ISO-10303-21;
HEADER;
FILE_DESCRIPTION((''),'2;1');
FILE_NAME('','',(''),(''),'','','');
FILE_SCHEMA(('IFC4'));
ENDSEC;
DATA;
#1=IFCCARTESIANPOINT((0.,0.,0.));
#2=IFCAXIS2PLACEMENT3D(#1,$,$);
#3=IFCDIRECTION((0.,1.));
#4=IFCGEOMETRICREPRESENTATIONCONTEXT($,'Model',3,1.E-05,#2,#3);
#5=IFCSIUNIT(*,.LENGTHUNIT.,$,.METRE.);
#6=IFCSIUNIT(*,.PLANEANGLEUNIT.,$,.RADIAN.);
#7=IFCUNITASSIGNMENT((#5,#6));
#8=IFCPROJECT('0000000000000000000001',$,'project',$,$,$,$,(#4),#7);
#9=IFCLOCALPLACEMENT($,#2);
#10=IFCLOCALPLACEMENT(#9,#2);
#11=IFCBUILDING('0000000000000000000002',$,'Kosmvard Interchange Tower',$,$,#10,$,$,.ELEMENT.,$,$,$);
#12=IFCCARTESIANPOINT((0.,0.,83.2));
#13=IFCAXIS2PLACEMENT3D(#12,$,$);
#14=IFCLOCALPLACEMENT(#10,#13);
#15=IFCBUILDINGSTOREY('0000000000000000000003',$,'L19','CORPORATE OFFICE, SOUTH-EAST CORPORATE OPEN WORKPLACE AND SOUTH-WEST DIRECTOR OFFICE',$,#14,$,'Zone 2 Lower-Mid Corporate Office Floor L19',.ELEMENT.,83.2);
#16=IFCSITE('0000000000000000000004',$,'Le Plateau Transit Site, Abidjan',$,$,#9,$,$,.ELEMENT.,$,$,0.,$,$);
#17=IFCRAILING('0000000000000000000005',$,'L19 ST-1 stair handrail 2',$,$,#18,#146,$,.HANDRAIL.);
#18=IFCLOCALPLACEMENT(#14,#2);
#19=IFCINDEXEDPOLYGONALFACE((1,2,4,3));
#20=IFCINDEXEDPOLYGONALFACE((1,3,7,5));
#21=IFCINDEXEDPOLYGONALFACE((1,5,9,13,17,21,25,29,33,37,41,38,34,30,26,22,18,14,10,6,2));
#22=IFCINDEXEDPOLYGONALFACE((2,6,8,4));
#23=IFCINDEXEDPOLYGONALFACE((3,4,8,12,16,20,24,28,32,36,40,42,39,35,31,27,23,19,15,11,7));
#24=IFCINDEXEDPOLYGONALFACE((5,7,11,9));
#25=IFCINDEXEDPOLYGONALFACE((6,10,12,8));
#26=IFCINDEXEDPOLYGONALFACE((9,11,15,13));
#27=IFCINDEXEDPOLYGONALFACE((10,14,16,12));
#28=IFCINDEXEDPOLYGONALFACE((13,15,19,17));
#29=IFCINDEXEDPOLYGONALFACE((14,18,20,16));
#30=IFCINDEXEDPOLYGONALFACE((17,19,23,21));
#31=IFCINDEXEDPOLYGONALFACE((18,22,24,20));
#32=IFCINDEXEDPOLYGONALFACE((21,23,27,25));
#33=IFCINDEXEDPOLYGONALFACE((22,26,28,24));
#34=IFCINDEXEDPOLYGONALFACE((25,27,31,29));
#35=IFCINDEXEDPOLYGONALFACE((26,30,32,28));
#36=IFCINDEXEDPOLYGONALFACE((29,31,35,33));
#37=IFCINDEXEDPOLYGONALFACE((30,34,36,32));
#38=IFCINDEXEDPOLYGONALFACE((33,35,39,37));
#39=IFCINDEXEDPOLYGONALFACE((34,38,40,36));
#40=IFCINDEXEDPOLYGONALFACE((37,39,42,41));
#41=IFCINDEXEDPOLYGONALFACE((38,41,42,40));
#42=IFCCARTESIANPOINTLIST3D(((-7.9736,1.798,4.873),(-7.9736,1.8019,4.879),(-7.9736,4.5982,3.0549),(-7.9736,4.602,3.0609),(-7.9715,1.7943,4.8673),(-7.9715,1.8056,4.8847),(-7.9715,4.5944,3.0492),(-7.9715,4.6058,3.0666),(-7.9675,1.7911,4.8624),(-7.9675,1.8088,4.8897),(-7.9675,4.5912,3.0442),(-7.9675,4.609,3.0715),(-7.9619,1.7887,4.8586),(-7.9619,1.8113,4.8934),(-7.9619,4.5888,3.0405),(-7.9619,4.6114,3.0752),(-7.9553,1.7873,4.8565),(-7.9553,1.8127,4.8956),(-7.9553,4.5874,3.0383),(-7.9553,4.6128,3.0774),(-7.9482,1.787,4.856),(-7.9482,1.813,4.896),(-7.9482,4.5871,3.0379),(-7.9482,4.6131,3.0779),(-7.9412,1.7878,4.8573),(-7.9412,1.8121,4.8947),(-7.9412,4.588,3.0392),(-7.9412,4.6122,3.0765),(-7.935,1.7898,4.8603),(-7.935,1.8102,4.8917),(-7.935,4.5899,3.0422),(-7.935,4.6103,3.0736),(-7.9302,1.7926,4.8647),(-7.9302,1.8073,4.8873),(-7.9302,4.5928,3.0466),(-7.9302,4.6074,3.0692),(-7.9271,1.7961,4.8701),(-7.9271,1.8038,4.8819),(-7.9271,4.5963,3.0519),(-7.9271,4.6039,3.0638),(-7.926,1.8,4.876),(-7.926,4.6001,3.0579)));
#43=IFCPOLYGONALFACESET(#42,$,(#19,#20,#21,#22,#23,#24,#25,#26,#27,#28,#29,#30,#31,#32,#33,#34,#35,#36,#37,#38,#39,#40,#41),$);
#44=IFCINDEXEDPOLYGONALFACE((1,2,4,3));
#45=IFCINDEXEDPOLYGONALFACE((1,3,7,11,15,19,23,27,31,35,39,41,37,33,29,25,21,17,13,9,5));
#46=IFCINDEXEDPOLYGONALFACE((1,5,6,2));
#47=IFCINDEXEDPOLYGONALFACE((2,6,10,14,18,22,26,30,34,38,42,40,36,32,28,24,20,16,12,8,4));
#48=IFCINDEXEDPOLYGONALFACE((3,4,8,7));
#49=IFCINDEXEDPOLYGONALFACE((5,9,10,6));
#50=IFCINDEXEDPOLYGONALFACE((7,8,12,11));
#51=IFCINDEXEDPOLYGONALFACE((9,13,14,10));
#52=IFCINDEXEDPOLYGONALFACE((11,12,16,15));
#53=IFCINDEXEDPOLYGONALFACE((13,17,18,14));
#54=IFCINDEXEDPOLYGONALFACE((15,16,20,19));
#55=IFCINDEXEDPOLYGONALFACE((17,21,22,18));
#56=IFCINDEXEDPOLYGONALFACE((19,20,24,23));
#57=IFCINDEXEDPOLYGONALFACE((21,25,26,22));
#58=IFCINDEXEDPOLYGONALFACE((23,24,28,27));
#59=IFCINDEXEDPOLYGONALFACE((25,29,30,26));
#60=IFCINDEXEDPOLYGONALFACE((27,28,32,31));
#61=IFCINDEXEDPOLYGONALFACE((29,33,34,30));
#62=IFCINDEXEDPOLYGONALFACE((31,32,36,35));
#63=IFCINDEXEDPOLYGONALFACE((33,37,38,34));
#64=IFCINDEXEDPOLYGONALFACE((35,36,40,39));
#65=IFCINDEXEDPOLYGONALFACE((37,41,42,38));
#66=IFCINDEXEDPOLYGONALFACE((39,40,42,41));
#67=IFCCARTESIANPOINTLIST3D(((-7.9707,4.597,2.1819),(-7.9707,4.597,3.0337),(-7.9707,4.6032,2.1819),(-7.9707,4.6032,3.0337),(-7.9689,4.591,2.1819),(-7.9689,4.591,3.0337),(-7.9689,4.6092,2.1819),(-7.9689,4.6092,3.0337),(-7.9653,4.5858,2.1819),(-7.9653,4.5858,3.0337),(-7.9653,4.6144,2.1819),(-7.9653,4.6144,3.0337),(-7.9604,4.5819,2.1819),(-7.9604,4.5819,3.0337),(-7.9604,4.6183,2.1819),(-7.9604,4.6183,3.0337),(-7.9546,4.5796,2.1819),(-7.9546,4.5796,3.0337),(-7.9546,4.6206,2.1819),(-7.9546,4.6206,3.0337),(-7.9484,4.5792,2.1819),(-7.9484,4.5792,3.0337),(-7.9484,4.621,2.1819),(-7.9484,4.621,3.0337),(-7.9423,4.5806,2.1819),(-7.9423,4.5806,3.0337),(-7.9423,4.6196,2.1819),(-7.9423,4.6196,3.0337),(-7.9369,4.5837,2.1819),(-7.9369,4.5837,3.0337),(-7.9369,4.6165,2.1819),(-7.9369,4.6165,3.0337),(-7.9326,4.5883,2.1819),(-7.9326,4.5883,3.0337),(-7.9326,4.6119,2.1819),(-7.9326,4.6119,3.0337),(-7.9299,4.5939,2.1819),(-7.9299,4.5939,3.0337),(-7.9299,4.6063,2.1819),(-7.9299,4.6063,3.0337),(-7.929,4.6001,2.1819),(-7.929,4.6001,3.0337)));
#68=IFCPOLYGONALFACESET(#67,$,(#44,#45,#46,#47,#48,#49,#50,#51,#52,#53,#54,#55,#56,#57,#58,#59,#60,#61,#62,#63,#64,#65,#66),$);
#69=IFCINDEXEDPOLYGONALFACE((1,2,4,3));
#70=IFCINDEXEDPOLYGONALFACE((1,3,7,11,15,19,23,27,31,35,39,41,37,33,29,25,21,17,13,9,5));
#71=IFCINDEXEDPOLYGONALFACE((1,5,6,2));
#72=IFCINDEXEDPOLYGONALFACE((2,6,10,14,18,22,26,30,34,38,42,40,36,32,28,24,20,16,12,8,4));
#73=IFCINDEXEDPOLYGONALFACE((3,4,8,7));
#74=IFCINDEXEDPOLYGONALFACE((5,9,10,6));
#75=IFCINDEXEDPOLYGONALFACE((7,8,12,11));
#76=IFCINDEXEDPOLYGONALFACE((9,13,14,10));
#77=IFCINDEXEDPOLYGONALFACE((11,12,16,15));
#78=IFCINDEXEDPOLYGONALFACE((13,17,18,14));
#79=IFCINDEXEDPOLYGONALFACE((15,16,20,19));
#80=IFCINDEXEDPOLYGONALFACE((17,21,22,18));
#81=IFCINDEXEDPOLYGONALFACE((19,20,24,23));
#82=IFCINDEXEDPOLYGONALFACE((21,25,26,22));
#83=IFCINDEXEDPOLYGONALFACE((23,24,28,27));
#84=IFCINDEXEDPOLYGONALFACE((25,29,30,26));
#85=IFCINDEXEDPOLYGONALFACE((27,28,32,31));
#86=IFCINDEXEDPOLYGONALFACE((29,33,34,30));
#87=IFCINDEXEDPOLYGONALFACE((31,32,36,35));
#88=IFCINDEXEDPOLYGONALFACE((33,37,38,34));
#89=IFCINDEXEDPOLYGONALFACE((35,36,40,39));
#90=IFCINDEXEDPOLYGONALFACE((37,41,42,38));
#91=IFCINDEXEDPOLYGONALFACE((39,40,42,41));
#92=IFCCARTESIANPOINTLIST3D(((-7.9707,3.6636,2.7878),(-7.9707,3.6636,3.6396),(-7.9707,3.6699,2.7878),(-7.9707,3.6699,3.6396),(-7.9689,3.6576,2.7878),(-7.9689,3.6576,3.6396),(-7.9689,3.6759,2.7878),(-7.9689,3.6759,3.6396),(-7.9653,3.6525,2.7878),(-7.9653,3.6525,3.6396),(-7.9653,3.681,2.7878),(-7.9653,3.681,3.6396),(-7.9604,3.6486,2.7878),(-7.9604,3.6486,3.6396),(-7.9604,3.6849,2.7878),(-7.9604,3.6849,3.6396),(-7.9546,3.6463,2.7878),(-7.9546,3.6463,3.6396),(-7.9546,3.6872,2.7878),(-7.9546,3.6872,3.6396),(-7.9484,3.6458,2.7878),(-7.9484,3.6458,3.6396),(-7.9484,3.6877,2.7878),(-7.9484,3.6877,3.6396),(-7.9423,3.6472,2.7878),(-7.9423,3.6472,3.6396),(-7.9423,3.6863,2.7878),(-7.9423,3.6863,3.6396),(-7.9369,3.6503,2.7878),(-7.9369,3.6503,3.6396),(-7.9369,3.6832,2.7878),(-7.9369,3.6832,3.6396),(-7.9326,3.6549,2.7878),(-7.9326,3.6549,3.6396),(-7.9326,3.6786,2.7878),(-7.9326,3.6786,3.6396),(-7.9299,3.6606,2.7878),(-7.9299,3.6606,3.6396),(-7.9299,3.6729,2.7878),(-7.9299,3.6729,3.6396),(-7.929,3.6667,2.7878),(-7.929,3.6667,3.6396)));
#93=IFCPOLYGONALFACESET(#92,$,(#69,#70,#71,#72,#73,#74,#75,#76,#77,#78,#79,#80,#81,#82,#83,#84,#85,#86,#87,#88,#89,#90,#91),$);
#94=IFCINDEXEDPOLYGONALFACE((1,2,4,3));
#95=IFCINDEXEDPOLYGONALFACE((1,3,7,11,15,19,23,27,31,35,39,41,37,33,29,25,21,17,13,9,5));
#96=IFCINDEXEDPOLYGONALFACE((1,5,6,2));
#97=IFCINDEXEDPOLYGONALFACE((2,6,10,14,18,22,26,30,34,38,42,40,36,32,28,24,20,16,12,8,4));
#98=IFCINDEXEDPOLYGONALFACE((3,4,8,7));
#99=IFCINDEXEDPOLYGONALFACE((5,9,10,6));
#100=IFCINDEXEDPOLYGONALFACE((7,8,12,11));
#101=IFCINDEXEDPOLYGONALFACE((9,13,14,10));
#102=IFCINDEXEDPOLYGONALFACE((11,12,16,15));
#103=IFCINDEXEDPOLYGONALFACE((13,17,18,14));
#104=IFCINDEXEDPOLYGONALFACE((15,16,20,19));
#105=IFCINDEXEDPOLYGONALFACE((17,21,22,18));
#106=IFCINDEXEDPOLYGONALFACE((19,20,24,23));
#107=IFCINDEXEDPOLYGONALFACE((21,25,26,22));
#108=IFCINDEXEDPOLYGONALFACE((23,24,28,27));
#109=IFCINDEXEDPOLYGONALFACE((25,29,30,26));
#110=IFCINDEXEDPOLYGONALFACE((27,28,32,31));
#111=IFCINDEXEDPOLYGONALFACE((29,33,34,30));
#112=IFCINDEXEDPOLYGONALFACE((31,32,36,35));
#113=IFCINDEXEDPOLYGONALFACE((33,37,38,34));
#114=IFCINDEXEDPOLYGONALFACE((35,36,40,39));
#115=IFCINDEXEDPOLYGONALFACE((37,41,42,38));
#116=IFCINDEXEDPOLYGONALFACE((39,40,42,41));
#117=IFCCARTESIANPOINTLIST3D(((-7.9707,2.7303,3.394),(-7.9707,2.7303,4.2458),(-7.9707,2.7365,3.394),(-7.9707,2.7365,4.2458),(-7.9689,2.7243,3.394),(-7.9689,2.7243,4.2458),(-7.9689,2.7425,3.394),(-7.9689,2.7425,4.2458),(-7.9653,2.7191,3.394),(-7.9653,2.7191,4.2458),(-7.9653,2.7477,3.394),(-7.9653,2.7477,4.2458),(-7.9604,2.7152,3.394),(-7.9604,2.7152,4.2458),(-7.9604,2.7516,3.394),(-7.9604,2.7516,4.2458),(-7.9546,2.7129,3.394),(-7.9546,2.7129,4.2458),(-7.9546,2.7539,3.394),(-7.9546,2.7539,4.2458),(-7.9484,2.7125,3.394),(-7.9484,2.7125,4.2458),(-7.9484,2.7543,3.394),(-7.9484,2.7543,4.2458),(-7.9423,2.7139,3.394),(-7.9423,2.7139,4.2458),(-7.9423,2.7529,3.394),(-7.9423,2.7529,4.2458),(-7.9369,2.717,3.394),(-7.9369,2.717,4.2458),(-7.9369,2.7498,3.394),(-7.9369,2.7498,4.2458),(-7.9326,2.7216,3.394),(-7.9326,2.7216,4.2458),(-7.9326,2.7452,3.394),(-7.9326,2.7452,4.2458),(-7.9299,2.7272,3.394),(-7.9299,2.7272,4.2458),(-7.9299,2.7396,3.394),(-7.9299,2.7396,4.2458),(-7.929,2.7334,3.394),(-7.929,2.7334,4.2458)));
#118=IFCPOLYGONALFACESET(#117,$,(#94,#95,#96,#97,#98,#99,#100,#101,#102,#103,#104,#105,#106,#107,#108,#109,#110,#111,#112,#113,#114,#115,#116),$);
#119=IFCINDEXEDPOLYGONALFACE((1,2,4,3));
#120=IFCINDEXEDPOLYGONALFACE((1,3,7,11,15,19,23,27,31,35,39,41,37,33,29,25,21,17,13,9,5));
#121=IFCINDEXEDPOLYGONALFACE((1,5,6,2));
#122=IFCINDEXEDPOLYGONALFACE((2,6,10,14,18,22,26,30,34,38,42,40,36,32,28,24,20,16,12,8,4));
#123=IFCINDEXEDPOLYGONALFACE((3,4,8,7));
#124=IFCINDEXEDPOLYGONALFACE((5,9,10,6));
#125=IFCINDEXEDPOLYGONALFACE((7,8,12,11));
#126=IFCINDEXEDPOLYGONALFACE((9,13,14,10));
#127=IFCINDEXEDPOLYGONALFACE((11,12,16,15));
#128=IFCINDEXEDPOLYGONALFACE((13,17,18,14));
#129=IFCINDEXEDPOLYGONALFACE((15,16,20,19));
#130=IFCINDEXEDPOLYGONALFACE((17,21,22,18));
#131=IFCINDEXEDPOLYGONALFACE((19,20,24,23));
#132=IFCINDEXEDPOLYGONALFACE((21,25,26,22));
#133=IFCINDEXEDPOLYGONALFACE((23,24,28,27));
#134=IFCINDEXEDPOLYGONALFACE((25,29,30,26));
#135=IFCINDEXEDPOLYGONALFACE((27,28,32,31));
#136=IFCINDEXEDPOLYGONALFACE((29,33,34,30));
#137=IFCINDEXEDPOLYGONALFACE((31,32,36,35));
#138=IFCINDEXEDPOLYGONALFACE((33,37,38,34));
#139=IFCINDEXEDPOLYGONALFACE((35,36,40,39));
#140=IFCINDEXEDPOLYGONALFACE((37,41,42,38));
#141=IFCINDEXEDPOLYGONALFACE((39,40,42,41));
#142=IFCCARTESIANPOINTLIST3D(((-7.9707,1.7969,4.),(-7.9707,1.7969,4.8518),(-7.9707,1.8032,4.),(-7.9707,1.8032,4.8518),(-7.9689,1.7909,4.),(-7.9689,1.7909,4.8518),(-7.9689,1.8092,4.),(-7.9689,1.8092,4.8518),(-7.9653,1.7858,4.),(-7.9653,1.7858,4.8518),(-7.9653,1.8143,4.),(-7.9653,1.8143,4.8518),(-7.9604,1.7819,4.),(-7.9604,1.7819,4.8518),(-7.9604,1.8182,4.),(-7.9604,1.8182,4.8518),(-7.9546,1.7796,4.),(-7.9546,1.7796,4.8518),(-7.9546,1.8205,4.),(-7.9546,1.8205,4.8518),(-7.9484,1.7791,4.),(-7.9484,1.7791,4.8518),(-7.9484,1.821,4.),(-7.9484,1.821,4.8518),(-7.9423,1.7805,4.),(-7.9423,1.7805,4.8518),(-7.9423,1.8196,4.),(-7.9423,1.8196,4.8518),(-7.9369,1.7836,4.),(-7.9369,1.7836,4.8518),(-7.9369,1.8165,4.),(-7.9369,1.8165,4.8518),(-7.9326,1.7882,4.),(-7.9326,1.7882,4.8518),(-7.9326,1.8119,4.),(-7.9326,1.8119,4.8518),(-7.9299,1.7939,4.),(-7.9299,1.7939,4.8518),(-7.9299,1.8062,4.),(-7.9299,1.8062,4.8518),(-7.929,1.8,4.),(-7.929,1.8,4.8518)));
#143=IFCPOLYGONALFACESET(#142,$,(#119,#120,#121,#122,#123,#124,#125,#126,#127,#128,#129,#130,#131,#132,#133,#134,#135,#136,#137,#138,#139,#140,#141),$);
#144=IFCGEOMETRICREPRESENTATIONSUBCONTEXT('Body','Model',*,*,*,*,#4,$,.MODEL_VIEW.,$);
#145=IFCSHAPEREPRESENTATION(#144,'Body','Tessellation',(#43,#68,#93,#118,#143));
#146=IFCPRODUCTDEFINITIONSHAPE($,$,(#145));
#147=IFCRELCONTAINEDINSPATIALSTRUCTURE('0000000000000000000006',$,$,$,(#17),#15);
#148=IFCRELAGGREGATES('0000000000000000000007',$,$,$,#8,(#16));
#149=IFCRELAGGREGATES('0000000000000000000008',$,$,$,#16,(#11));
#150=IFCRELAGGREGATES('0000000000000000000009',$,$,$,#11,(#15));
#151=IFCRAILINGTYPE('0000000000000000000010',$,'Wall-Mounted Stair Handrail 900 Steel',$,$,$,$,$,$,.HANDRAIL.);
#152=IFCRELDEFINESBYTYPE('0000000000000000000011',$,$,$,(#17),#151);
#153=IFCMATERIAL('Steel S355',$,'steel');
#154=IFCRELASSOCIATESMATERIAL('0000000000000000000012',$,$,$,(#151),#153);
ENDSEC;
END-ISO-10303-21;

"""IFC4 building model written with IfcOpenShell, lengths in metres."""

from ifc_helpers import new_model, si_unit, direction, frame, origin, origin_2d, place, context, subcontext, project, spatial, circle, extrude, source, transform, mapped, material, type_object, element, save


model = new_model("IFC4")

# Units and contexts
model_context = context("Model", 3, precision=1e-05, world=origin(), true_north=direction((0.0, 1.0)))
body_context = subcontext(model_context, "Body", "Model", "MODEL_VIEW")
ifc_project = project(units=[si_unit("LENGTHUNIT", "METRE"), si_unit("PLANEANGLEUNIT", "RADIAN")], contexts=[model_context])

# Site, building, storey
site_placement = place(None, origin())
site = spatial("IfcSite", under=ifc_project, at=site_placement, Name="Le Plateau Transit Site, Abidjan", CompositionType="ELEMENT", RefElevation=0.0)
building_placement = place(site_placement, origin())
building = spatial("IfcBuilding", under=site, at=building_placement, Name="Kosmvard Interchange Tower", CompositionType="ELEMENT")
storey_placement = place(building_placement, frame((0.0, 0.0, 83.2)))
storey = spatial("IfcBuildingStorey", under=building, at=storey_placement, Name="L19", Description="CORPORATE OFFICE, SOUTH-EAST CORPORATE OPEN WORKPLACE AND SOUTH-WEST DIRECTOR OFFICE", LongName="Zone 2 Lower-Mid Corporate Office Floor L19", CompositionType="ELEMENT", Elevation=83.2)

# Railing
ifc_material_1 = material(Name="Steel S355", Category="steel")
railing_type_1 = type_object("IfcRailingType", Name="Wall-Mounted Stair Handrail 900 Steel", PredefinedType="HANDRAIL", material=ifc_material_1)
shared_shape_1 = source(origin(), body_context, "Body", "SweptSolid", [
    extrude(circle(Radius=0.0239, at=origin_2d()), frame((0.0, 0.0, 0.876), z_axis=(0.0, -0.838706, 0.544585), x_axis=(1.0, 0.0, 0.0)), (0.0, 0.0, 1.0), 3.3386),
    extrude(circle(Radius=0.021, at=origin_2d()), origin(), (0.0, 0.0, 1.0), 0.8518),
    extrude(circle(Radius=0.021, at=origin_2d()), frame((0.0, -0.9333, 0.606)), (0.0, 0.0, 1.0), 0.8518),
    extrude(circle(Radius=0.021, at=origin_2d()), frame((0.0, -1.8667, 1.2122)), (0.0, 0.0, 1.0), 0.8518),
    extrude(circle(Radius=0.021, at=origin_2d()), frame((0.0, -2.8, 1.8181)), (0.0, 0.0, 1.0), 0.8518),
])
railing_1_placement = place(storey_placement, frame((-7.95, 4.6001, 2.1819)))
element("IfcRailing", 1, at=railing_1_placement, inside=storey, type_object=railing_type_1, Name="L19 ST-1 stair handrail 2", PredefinedType="HANDRAIL", context=body_context, shape_type="MappedRepresentation", body=[
    mapped(shared_shape_1, transform((0.0, 0.0, 0.0), scale=1.0)),
])

save(model, "model.ifc")
